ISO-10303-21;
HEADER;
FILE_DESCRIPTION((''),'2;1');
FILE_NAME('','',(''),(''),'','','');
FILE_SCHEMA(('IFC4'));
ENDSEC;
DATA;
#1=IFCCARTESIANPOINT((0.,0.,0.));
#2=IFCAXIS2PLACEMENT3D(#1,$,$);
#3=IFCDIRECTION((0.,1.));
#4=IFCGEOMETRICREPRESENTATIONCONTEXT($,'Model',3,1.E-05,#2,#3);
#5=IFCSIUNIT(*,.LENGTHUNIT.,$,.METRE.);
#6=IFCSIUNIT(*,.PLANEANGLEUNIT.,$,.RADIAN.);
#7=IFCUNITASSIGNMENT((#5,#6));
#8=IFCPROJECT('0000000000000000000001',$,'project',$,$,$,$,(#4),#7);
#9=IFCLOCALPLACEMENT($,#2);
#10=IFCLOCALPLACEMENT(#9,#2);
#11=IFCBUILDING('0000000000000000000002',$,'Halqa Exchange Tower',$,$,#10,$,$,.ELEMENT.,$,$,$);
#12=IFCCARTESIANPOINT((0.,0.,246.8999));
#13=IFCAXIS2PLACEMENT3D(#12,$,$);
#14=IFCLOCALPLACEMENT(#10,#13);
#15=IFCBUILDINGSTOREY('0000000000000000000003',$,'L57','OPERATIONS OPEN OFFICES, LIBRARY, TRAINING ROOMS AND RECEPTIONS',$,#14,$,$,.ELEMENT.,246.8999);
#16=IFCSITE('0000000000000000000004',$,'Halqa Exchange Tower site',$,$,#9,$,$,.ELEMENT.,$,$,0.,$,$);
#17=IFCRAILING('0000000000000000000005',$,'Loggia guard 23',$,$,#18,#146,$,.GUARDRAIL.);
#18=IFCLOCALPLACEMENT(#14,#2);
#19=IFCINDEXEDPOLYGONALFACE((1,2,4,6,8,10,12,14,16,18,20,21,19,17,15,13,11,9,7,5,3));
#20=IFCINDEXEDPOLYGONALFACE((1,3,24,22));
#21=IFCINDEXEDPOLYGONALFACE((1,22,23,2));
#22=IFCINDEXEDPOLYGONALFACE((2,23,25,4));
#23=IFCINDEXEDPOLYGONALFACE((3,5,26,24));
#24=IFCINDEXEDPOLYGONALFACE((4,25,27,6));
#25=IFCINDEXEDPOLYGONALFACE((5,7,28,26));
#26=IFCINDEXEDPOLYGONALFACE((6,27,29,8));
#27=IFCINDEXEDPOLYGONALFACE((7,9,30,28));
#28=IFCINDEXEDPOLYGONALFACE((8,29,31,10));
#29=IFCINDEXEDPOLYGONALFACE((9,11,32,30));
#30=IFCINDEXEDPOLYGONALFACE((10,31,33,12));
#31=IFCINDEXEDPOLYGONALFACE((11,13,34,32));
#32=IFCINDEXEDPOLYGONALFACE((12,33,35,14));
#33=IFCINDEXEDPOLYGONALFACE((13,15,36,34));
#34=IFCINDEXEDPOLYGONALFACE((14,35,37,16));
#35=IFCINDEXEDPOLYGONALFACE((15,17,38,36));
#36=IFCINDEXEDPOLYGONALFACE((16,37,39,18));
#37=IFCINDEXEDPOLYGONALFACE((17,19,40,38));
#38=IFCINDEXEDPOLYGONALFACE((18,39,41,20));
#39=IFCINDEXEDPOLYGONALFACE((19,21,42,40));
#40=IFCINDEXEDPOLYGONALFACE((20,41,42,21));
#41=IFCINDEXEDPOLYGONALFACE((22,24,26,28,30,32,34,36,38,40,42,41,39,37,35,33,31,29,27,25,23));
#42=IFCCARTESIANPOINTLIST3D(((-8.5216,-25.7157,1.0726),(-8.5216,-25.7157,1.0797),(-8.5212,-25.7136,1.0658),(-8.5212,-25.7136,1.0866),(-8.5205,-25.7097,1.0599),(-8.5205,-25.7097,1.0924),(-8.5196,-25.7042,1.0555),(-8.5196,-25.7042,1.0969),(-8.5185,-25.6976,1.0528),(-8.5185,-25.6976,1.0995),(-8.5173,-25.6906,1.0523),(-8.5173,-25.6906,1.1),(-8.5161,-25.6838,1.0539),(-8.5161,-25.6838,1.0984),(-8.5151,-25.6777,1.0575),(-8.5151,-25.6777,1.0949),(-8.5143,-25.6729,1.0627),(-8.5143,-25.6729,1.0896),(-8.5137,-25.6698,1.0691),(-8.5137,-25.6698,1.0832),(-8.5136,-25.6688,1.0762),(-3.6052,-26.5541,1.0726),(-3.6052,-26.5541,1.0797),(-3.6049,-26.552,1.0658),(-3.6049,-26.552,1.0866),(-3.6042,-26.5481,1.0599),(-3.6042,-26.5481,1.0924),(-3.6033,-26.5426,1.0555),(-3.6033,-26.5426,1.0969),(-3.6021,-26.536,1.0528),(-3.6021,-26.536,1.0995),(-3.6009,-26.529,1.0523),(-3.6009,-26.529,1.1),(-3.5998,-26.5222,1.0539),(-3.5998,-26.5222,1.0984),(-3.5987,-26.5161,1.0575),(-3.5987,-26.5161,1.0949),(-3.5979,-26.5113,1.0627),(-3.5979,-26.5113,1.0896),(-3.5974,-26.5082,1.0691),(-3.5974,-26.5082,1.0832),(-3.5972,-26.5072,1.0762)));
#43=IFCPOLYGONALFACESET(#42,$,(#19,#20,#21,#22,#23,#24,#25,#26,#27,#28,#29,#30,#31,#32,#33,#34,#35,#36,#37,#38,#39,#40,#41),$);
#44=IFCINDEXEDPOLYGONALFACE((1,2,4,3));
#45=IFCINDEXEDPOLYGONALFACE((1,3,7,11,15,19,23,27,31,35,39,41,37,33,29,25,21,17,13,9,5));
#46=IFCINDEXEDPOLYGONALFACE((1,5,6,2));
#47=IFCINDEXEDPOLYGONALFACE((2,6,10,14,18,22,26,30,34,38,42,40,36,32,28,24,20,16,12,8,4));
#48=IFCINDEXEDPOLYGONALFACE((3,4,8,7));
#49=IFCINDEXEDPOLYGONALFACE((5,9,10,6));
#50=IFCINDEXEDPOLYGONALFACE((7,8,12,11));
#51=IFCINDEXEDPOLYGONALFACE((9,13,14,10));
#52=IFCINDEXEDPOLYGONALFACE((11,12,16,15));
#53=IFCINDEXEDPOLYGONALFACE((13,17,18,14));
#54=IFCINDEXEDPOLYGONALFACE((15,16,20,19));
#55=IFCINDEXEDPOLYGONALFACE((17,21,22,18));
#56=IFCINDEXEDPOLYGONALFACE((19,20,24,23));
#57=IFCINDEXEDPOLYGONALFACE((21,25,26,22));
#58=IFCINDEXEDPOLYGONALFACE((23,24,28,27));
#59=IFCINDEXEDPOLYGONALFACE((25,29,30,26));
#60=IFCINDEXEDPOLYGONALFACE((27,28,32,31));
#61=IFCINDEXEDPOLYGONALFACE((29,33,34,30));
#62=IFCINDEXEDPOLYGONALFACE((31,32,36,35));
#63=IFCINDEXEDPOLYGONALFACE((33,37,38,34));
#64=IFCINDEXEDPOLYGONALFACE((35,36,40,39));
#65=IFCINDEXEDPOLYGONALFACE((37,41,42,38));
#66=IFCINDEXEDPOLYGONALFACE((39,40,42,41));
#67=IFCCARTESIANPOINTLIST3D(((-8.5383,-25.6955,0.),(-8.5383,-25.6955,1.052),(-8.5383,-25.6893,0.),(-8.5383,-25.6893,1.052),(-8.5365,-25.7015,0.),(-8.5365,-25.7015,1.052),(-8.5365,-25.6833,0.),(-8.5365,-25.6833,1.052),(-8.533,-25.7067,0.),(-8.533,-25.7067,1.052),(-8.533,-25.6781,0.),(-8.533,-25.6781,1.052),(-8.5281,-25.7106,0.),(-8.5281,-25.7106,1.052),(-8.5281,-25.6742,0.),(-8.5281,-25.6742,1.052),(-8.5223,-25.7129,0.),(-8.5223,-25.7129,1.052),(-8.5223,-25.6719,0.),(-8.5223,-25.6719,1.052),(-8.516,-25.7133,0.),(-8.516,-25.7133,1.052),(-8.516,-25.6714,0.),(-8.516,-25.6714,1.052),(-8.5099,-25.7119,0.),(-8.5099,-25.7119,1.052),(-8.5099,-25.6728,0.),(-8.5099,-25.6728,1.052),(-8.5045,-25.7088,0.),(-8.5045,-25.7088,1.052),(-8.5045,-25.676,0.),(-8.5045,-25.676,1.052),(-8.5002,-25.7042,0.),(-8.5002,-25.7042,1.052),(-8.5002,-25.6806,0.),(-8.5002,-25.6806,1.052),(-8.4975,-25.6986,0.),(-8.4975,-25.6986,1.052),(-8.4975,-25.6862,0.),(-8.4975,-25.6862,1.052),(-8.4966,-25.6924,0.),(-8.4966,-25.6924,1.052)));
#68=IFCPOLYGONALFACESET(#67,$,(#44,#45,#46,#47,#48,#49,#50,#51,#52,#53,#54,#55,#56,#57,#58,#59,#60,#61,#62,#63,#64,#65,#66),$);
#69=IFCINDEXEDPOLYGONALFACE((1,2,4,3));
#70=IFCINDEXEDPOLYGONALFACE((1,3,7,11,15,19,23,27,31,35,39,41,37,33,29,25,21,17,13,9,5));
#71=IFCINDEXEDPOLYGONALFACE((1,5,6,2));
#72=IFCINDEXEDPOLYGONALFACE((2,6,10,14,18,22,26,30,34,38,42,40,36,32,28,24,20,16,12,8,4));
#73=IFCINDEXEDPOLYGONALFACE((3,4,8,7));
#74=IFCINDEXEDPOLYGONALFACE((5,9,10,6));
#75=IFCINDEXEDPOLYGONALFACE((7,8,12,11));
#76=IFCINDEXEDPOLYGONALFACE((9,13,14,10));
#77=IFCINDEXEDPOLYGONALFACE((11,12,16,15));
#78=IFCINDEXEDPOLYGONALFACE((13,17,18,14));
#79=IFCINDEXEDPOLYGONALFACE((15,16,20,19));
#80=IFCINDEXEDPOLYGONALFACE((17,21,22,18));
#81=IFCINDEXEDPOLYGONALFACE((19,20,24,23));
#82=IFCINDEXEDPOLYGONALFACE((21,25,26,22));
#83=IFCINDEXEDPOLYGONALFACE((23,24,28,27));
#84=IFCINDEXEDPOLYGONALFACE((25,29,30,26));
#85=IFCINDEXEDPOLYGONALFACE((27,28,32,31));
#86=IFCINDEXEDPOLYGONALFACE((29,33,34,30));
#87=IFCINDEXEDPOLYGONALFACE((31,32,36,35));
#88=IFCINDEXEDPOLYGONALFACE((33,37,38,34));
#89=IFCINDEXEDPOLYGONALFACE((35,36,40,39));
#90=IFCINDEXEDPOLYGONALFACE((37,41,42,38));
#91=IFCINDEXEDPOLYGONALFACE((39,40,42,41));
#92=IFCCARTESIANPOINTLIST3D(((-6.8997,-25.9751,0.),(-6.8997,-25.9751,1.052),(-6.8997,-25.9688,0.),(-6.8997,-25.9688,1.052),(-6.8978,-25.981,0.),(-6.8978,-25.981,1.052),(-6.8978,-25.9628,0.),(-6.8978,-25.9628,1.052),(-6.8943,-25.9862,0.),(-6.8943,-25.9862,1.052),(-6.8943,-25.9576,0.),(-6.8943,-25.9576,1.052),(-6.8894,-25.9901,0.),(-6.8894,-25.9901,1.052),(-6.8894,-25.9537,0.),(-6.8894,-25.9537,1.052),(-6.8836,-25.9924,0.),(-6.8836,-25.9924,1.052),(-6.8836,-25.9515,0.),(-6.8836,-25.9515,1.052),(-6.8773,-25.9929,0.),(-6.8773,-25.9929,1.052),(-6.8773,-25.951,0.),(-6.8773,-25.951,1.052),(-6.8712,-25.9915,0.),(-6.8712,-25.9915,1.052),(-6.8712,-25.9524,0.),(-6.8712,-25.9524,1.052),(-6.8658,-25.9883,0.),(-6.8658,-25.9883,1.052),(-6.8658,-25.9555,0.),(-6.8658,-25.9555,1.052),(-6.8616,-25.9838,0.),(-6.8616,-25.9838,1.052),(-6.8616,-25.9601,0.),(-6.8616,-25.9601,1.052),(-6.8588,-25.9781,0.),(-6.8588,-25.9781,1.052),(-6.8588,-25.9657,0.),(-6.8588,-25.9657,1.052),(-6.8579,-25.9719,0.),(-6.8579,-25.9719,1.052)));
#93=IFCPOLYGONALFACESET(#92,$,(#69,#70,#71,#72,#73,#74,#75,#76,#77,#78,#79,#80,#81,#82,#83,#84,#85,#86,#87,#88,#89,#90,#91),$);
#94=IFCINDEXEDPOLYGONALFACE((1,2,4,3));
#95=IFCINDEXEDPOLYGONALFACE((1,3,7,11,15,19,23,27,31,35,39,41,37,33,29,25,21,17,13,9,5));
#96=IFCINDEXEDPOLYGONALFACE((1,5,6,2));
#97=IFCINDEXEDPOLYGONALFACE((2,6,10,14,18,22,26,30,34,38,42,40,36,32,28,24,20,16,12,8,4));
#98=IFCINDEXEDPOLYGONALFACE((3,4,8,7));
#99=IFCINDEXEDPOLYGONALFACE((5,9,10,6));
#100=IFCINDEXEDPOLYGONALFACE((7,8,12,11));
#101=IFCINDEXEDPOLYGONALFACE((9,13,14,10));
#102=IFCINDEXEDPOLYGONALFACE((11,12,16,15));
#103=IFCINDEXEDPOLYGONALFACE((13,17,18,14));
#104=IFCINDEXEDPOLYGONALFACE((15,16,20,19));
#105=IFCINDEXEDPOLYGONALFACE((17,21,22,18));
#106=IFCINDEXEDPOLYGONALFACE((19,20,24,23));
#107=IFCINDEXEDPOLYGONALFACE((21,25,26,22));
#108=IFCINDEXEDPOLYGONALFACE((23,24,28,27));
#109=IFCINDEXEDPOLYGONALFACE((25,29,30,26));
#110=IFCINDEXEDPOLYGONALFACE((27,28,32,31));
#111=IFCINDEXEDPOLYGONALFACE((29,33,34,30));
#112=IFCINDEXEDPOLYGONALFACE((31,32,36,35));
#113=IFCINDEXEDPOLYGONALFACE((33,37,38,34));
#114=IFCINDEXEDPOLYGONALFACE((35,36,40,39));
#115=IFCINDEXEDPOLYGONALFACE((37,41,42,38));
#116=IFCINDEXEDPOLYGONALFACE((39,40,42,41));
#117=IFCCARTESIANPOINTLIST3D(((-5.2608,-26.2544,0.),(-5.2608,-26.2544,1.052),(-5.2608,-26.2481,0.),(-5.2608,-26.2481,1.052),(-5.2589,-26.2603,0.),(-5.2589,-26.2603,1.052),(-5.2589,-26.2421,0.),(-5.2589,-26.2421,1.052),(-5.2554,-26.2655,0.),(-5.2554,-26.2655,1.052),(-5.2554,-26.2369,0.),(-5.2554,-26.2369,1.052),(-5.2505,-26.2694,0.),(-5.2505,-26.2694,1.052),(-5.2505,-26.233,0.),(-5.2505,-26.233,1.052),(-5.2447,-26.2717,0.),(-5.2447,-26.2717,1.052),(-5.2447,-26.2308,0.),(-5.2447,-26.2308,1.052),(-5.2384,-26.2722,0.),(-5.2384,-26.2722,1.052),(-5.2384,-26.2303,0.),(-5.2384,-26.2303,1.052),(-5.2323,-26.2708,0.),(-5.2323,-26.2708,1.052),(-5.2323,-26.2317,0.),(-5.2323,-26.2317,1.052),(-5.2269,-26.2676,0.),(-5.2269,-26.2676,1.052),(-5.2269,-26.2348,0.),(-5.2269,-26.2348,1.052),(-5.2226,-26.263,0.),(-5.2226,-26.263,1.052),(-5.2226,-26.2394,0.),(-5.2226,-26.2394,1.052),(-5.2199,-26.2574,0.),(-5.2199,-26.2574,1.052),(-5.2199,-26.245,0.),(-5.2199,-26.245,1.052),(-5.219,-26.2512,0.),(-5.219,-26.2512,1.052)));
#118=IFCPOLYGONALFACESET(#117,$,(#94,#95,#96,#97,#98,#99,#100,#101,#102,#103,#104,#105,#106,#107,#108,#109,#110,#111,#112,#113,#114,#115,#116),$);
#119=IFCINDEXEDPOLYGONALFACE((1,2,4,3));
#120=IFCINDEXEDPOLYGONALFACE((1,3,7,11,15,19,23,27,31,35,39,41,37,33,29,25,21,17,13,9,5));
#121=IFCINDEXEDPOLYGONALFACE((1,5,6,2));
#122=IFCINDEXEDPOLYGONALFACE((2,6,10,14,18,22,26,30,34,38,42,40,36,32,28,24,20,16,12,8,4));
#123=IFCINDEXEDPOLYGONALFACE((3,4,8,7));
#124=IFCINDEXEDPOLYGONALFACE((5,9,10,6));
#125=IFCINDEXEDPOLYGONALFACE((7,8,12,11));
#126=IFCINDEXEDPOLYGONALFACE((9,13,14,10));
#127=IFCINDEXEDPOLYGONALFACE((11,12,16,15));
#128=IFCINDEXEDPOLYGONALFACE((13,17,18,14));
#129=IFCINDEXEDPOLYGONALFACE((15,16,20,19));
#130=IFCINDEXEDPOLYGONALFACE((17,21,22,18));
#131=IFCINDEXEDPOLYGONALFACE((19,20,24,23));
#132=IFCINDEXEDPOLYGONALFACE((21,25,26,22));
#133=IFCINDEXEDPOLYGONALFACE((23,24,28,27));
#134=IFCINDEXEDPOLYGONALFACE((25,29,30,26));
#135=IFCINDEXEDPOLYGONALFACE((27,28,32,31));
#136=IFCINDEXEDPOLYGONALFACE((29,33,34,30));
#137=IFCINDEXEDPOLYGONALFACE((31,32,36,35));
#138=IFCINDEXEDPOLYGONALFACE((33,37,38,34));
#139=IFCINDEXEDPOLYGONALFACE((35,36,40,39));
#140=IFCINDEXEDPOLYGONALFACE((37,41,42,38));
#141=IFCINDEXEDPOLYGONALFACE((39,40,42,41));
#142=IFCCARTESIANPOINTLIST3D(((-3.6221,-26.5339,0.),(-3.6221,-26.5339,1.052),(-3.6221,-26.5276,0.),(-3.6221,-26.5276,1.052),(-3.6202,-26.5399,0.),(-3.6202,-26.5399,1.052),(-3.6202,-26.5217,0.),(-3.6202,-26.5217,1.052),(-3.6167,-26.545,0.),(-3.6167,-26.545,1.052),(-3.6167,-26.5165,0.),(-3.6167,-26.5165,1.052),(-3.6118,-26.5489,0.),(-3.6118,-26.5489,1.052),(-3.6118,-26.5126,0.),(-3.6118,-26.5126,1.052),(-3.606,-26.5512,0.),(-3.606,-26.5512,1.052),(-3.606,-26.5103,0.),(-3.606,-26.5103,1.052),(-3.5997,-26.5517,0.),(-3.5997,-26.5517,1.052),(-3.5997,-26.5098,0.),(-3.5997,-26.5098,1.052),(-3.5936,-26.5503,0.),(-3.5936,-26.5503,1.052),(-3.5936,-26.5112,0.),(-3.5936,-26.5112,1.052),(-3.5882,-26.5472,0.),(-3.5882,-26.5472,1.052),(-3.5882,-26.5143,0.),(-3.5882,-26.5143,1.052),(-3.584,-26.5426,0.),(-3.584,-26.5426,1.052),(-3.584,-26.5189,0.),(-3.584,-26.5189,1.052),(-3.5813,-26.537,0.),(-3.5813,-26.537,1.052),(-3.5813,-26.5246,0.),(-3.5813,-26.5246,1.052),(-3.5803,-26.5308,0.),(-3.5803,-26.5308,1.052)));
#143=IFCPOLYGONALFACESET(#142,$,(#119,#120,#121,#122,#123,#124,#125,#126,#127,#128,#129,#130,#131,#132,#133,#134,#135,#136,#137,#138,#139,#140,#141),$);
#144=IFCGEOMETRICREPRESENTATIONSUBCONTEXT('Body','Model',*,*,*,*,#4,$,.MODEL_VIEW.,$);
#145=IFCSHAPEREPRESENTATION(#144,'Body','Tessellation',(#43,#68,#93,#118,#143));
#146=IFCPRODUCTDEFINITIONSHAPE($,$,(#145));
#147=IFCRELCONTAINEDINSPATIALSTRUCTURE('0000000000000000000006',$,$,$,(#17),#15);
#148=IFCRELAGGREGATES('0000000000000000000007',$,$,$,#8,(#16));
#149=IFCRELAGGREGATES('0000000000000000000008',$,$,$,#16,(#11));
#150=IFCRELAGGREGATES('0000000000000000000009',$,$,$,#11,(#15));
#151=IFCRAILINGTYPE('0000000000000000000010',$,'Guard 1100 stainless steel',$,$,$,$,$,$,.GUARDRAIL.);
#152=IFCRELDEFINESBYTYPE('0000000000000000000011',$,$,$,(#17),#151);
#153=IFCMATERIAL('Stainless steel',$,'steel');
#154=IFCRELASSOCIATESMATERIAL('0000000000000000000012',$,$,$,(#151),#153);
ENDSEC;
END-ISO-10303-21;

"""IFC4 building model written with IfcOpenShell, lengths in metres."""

from ifc_helpers import new_model, si_unit, direction, frame, origin, origin_2d, place, context, subcontext, project, spatial, circle, extrude, material, type_object, element, save


model = new_model("IFC4")

# Units and contexts
model_context = context("Model", 3, precision=1e-05, world=origin(), true_north=direction((0.0, 1.0)))
body_context = subcontext(model_context, "Body", "Model", "MODEL_VIEW")
ifc_project = project(units=[si_unit("LENGTHUNIT", "METRE"), si_unit("PLANEANGLEUNIT", "RADIAN")], contexts=[model_context])

# Site, building, storey
site_placement = place(None, origin())
site = spatial("IfcSite", under=ifc_project, at=site_placement, Name="Halqa Exchange Tower site", CompositionType="ELEMENT", RefElevation=0.0)
building_placement = place(site_placement, origin())
building = spatial("IfcBuilding", under=site, at=building_placement, Name="Halqa Exchange Tower", CompositionType="ELEMENT")
storey_placement = place(building_placement, frame((0.0, 0.0, 246.8999)))
storey = spatial("IfcBuildingStorey", under=building, at=storey_placement, Name="L57", Description="OPERATIONS OPEN OFFICES, LIBRARY, TRAINING ROOMS AND RECEPTIONS", CompositionType="ELEMENT", Elevation=246.8999)

# Railing
ifc_material_1 = material(Name="Stainless steel", Category="steel")
railing_type = type_object("IfcRailingType", Name="Guard 1100 stainless steel", PredefinedType="GUARDRAIL", material=ifc_material_1)
railing_1_placement = place(storey_placement, frame((-8.5176, -25.6924, 0.0)))
element("IfcRailing", 1, at=railing_1_placement, inside=storey, type_object=railing_type, Name="Loggia guard 23", PredefinedType="GUARDRAIL", context=body_context, shape_type="SweptSolid", body=[
    extrude(circle(Radius=0.0239, at=origin_2d()), frame((0.0, 0.0, 1.0762), z_axis=(0.985769, -0.168105, 0.0), x_axis=(0.168105, 0.985769, 0.0)), (0.0, 0.0, 1.0), 4.9873),
    extrude(circle(Radius=0.021, at=origin_2d()), origin(), (0.0, 0.0, 1.0), 1.052),
    extrude(circle(Radius=0.021, at=origin_2d()), frame((1.6387, -0.2795, 0.0)), (0.0, 0.0, 1.0), 1.052),
    extrude(circle(Radius=0.021, at=origin_2d()), frame((3.2776, -0.5588, 0.0)), (0.0, 0.0, 1.0), 1.052),
    extrude(circle(Radius=0.021, at=origin_2d()), frame((4.9163, -0.8384, 0.0)), (0.0, 0.0, 1.0), 1.052),
])

save(model, "model.ifc")
